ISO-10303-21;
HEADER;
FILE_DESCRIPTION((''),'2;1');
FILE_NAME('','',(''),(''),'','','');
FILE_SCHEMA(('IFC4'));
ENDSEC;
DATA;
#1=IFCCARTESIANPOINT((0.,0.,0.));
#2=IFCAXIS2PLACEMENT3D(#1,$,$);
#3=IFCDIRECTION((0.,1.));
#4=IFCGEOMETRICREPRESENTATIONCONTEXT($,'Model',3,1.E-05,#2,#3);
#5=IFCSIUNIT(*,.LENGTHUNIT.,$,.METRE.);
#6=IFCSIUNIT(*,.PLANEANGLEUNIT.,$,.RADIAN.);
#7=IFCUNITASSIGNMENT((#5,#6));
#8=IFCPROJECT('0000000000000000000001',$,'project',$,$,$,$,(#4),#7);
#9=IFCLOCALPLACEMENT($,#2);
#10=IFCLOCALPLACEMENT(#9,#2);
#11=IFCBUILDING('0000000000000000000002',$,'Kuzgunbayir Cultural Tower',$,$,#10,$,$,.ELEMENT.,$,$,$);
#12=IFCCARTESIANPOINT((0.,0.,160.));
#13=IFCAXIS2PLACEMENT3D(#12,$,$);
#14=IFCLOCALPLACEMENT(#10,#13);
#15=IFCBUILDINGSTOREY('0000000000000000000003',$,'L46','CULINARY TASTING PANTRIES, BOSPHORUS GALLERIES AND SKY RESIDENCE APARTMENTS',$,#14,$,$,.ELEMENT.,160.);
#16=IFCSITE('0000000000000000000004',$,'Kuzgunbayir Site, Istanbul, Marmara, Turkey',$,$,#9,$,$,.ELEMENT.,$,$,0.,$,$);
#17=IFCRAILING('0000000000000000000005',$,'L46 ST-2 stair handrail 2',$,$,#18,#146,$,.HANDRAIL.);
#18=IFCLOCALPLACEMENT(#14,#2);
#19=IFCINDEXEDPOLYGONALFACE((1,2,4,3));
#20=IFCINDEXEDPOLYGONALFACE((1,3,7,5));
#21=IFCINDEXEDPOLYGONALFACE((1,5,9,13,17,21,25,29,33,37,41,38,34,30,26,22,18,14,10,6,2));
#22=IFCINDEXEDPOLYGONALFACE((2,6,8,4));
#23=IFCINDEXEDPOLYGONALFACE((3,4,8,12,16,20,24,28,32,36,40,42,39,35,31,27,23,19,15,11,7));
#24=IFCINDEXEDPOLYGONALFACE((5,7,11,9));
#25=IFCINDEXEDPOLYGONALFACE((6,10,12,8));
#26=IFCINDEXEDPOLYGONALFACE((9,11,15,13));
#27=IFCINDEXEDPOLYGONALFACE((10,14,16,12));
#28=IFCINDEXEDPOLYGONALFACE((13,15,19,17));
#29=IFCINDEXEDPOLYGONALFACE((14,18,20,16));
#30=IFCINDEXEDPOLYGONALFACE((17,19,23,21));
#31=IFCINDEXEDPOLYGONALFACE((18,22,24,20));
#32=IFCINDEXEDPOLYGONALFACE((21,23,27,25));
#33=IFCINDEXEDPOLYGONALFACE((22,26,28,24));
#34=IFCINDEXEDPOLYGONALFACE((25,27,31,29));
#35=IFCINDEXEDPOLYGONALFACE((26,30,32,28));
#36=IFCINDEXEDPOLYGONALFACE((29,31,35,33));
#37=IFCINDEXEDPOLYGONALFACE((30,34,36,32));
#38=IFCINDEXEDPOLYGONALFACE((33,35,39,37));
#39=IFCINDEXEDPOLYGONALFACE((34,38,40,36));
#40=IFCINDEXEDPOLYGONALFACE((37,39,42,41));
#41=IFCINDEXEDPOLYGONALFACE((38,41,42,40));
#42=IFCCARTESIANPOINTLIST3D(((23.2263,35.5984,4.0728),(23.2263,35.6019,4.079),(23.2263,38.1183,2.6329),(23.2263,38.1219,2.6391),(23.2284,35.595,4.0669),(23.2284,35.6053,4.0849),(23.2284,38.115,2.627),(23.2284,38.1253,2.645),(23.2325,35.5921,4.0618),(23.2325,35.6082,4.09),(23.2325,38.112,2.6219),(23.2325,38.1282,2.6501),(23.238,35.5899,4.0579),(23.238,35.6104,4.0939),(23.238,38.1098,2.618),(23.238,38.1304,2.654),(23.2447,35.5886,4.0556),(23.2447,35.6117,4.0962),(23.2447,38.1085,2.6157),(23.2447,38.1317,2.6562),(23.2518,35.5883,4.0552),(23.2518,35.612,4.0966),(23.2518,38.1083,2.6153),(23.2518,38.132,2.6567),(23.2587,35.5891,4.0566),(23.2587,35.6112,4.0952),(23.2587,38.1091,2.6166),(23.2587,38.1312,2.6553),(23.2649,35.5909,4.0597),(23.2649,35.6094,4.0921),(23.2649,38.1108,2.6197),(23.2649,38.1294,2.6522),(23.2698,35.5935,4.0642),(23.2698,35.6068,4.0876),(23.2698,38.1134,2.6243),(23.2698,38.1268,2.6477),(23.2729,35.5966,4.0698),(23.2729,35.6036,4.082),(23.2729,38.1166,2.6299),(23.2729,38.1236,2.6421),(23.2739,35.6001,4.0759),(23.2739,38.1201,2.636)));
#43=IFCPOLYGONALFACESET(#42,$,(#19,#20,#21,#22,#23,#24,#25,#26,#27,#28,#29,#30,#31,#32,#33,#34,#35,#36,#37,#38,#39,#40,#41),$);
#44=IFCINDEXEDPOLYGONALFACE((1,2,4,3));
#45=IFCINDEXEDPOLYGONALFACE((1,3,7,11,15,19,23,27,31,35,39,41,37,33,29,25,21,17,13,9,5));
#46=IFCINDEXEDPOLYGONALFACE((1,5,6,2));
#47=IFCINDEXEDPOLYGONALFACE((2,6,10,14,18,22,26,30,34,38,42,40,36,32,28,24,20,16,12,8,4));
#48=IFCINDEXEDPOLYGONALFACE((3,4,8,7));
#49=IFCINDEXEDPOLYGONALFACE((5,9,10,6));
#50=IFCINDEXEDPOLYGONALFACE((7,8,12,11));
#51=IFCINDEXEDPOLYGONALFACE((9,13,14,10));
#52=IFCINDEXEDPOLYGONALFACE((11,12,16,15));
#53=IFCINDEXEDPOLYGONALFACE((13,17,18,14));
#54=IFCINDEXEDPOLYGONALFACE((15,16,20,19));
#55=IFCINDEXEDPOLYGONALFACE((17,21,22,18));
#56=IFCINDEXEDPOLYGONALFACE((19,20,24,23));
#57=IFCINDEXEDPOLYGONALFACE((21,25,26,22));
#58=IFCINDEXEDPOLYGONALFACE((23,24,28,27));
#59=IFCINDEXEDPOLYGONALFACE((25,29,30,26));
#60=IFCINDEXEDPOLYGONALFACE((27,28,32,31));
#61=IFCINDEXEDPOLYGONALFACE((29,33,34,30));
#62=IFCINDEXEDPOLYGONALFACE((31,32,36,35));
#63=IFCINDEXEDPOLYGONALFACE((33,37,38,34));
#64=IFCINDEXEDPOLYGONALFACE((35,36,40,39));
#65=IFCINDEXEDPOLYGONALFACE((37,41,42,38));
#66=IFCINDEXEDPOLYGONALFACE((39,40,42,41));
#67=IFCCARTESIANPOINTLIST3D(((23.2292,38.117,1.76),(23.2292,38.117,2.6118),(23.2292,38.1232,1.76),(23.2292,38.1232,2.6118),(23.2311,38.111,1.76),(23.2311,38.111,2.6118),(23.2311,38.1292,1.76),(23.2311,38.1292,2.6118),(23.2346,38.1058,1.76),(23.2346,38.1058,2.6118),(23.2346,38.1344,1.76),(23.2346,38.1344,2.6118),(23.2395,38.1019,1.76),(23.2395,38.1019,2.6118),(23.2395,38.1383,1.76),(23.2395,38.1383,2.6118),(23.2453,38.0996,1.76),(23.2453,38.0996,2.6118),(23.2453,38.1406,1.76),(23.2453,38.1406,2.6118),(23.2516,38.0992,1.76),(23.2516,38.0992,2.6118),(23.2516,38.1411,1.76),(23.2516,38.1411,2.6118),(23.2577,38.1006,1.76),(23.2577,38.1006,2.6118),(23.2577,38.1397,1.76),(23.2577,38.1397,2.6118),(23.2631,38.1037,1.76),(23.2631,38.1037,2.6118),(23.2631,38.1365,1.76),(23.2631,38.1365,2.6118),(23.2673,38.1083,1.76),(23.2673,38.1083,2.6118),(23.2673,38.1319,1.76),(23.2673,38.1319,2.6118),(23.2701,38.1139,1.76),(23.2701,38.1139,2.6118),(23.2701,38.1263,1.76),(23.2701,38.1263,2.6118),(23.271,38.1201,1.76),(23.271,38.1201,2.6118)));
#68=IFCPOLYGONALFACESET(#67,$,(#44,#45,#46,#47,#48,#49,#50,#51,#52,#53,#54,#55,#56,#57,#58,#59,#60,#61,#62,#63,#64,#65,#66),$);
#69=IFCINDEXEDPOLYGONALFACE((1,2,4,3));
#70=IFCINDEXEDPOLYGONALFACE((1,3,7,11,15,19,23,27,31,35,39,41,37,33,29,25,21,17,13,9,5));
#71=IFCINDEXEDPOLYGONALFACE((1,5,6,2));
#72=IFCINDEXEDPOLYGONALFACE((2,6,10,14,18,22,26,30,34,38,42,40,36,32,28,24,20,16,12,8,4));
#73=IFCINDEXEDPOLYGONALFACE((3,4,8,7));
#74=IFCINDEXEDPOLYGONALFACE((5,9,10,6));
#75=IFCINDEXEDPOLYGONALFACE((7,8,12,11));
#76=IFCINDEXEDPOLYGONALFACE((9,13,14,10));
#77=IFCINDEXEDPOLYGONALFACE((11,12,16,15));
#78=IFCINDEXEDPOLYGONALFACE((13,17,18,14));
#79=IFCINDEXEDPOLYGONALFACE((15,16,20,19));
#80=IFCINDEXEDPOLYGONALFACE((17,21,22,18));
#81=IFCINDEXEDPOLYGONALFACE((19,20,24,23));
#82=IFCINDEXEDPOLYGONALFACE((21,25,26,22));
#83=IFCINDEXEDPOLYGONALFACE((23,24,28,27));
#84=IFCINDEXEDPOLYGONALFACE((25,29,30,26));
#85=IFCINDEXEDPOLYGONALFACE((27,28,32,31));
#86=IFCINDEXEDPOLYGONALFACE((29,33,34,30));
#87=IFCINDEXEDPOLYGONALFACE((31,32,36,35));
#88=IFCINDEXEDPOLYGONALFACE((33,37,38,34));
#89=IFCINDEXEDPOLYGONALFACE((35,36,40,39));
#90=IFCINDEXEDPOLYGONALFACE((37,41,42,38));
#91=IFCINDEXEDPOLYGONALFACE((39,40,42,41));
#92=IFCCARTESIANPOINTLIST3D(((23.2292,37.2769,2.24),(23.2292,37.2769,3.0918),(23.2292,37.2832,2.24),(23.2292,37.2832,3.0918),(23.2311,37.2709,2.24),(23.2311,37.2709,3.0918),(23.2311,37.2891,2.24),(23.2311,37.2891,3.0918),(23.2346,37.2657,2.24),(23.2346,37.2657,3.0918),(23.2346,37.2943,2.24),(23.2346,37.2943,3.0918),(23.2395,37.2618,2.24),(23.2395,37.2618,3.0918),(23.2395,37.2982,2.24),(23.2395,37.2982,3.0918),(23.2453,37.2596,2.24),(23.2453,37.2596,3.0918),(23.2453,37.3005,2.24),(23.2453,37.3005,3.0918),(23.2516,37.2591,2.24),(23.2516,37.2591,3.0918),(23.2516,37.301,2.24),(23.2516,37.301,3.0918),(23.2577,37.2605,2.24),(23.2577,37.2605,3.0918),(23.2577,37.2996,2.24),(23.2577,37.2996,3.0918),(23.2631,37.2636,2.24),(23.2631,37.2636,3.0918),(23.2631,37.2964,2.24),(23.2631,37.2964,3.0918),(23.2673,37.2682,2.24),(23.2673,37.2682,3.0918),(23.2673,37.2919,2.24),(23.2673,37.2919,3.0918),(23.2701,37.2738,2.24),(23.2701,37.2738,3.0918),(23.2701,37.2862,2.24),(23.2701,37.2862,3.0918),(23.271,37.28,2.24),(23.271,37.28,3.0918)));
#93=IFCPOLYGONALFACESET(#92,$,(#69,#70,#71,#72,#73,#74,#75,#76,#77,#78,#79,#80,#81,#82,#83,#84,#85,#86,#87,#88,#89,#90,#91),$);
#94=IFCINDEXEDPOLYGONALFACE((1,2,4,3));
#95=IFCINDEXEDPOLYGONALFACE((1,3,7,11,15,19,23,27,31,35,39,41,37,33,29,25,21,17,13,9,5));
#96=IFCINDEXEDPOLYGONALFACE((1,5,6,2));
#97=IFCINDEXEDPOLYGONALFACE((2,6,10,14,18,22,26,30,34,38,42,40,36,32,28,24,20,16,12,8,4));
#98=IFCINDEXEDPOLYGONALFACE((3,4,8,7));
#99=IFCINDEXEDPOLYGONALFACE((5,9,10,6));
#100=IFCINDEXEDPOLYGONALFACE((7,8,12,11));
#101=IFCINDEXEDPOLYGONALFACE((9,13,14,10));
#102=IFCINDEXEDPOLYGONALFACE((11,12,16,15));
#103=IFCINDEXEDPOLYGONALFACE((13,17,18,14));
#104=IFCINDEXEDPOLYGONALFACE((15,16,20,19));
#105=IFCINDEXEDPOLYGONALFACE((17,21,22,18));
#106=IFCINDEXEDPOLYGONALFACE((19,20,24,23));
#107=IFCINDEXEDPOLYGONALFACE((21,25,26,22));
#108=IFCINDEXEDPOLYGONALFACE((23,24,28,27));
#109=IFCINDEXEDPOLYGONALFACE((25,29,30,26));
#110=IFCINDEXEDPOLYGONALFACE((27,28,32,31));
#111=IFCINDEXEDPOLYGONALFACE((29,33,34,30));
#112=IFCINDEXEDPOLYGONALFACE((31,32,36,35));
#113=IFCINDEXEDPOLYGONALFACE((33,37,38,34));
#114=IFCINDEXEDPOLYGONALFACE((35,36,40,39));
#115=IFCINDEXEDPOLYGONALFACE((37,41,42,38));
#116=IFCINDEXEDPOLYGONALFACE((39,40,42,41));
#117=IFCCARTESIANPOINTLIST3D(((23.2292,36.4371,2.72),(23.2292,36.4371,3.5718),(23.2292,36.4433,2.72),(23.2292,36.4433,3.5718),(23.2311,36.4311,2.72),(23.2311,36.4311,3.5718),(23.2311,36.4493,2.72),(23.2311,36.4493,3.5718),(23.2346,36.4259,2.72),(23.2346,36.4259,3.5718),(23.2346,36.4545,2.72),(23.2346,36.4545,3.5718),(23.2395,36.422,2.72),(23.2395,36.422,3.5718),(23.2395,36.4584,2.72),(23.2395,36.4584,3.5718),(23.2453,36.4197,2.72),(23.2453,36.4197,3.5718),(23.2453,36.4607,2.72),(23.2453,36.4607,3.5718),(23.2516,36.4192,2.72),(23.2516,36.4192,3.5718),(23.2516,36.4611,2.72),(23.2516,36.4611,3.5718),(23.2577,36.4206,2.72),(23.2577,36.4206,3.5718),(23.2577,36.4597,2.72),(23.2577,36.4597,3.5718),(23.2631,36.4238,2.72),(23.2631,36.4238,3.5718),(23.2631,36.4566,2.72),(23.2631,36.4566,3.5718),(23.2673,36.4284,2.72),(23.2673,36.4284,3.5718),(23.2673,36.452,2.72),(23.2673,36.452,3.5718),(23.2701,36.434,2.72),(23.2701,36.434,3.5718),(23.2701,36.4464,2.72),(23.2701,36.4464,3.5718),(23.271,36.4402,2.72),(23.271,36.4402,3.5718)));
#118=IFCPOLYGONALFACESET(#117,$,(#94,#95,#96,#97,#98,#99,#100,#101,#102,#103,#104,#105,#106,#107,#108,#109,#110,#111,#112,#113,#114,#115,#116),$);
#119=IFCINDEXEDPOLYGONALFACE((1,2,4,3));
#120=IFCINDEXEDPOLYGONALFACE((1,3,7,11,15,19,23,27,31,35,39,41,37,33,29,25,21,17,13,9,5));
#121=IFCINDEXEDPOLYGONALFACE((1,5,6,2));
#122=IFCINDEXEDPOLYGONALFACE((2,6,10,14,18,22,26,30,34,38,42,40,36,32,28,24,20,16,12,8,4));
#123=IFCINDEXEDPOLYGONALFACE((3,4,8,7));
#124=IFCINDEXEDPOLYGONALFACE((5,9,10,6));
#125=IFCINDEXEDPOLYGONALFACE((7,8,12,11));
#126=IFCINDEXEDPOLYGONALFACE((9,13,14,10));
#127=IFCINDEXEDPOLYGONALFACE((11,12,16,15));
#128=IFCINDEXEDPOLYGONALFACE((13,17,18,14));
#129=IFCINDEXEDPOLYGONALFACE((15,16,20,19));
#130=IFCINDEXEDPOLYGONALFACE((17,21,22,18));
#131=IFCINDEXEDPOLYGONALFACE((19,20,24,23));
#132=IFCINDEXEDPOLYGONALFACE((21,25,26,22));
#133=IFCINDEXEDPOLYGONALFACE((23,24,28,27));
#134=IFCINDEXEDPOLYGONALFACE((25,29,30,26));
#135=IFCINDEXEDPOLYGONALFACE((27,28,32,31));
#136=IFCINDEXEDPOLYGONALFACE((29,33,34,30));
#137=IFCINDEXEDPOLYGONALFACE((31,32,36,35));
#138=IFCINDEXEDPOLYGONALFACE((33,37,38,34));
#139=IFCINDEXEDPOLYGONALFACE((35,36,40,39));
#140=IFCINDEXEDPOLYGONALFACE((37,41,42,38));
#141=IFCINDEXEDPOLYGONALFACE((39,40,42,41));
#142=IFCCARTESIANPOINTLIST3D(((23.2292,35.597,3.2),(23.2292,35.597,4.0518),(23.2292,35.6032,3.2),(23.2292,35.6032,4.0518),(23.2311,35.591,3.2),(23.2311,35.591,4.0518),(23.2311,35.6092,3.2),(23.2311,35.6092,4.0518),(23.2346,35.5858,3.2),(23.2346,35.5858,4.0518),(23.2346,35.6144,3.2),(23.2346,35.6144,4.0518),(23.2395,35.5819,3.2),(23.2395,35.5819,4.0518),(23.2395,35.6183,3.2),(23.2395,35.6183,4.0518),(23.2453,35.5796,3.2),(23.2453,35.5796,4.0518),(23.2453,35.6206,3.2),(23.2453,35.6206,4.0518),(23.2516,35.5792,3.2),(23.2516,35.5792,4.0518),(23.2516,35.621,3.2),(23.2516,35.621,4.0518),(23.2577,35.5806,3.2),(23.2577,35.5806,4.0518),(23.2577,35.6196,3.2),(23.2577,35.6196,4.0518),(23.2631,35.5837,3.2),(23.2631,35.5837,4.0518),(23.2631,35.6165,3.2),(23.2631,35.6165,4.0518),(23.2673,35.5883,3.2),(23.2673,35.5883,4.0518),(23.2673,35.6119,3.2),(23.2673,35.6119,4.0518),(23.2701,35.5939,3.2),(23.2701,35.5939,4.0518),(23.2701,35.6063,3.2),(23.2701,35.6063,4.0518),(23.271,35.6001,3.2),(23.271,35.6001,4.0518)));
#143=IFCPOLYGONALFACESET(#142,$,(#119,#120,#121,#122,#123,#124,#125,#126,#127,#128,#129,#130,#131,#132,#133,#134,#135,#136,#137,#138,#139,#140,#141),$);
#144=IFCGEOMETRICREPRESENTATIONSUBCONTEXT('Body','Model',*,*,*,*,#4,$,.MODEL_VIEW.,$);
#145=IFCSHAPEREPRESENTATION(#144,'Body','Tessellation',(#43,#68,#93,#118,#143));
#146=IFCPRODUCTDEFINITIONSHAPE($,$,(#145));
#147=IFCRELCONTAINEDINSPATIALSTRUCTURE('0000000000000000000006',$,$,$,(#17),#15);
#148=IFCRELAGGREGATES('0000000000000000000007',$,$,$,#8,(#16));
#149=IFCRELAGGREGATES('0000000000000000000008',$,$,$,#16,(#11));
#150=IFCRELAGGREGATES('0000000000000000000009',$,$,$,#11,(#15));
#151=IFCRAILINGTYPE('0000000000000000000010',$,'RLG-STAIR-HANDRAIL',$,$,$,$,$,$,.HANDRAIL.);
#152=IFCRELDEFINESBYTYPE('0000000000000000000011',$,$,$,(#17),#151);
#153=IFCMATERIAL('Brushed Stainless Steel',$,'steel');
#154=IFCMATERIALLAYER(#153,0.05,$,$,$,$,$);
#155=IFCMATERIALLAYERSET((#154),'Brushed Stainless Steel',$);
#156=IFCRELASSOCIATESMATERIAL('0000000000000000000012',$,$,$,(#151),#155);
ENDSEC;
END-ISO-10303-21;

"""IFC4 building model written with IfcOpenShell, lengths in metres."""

from ifc_helpers import new_model, si_unit, direction, frame, origin, origin_2d, place, context, subcontext, project, spatial, circle, extrude, material, layer, layer_set, type_object, element, save


model = new_model("IFC4")

# Units and contexts
model_context = context("Model", 3, precision=1e-05, world=origin(), true_north=direction((0.0, 1.0)))
body_context = subcontext(model_context, "Body", "Model", "MODEL_VIEW")
ifc_project = project(units=[si_unit("LENGTHUNIT", "METRE"), si_unit("PLANEANGLEUNIT", "RADIAN")], contexts=[model_context])

# Site, building, storey
site_placement = place(None, origin())
site = spatial("IfcSite", under=ifc_project, at=site_placement, Name="Kuzgunbayir Site, Istanbul, Marmara, Turkey", CompositionType="ELEMENT", RefElevation=0.0)
building_placement = place(site_placement, origin())
building = spatial("IfcBuilding", under=site, at=building_placement, Name="Kuzgunbayir Cultural Tower", CompositionType="ELEMENT")
storey_placement = place(building_placement, frame((0.0, 0.0, 160.0)))
storey = spatial("IfcBuildingStorey", under=building, at=storey_placement, Name="L46", Description="CULINARY TASTING PANTRIES, BOSPHORUS GALLERIES AND SKY RESIDENCE APARTMENTS", CompositionType="ELEMENT", Elevation=160.0)

# Shared definitions
ifc_material_1 = material(Name="Brushed Stainless Steel", Category="steel")

# Railing
ifc_layer_1 = layer(ifc_material_1, 0.05)
ifc_layer_set_1 = layer_set([ifc_layer_1], Name="Brushed Stainless Steel")
railing_type_1 = type_object("IfcRailingType", Name="RLG-STAIR-HANDRAIL", PredefinedType="HANDRAIL", material=ifc_layer_set_1)
railing_1_placement = place(storey_placement, frame((23.25, 38.1201, 1.76)))
element("IfcRailing", 1, at=railing_1_placement, inside=storey, type_object=railing_type_1, Name="L46 ST-2 stair handrail 2", PredefinedType="HANDRAIL", context=body_context, shape_type="SweptSolid", body=[
    extrude(circle(Radius=0.0239, at=origin_2d()), frame((0.0, 0.0, 0.876), z_axis=(0.0, -0.868253, 0.496121), x_axis=(1.0, 0.0, 0.0)), (0.0, 0.0, 1.0), 2.9023),
    extrude(circle(Radius=0.021, at=origin_2d()), origin(), (0.0, 0.0, 1.0), 0.8518),
    extrude(circle(Radius=0.021, at=origin_2d()), frame((0.0, -0.8401, 0.48)), (0.0, 0.0, 1.0), 0.8518),
    extrude(circle(Radius=0.021, at=origin_2d()), frame((0.0, -1.6799, 0.96)), (0.0, 0.0, 1.0), 0.8518),
    extrude(circle(Radius=0.021, at=origin_2d()), frame((0.0, -2.52, 1.4399)), (0.0, 0.0, 1.0), 0.8518),
])

save(model, "model.ifc")
